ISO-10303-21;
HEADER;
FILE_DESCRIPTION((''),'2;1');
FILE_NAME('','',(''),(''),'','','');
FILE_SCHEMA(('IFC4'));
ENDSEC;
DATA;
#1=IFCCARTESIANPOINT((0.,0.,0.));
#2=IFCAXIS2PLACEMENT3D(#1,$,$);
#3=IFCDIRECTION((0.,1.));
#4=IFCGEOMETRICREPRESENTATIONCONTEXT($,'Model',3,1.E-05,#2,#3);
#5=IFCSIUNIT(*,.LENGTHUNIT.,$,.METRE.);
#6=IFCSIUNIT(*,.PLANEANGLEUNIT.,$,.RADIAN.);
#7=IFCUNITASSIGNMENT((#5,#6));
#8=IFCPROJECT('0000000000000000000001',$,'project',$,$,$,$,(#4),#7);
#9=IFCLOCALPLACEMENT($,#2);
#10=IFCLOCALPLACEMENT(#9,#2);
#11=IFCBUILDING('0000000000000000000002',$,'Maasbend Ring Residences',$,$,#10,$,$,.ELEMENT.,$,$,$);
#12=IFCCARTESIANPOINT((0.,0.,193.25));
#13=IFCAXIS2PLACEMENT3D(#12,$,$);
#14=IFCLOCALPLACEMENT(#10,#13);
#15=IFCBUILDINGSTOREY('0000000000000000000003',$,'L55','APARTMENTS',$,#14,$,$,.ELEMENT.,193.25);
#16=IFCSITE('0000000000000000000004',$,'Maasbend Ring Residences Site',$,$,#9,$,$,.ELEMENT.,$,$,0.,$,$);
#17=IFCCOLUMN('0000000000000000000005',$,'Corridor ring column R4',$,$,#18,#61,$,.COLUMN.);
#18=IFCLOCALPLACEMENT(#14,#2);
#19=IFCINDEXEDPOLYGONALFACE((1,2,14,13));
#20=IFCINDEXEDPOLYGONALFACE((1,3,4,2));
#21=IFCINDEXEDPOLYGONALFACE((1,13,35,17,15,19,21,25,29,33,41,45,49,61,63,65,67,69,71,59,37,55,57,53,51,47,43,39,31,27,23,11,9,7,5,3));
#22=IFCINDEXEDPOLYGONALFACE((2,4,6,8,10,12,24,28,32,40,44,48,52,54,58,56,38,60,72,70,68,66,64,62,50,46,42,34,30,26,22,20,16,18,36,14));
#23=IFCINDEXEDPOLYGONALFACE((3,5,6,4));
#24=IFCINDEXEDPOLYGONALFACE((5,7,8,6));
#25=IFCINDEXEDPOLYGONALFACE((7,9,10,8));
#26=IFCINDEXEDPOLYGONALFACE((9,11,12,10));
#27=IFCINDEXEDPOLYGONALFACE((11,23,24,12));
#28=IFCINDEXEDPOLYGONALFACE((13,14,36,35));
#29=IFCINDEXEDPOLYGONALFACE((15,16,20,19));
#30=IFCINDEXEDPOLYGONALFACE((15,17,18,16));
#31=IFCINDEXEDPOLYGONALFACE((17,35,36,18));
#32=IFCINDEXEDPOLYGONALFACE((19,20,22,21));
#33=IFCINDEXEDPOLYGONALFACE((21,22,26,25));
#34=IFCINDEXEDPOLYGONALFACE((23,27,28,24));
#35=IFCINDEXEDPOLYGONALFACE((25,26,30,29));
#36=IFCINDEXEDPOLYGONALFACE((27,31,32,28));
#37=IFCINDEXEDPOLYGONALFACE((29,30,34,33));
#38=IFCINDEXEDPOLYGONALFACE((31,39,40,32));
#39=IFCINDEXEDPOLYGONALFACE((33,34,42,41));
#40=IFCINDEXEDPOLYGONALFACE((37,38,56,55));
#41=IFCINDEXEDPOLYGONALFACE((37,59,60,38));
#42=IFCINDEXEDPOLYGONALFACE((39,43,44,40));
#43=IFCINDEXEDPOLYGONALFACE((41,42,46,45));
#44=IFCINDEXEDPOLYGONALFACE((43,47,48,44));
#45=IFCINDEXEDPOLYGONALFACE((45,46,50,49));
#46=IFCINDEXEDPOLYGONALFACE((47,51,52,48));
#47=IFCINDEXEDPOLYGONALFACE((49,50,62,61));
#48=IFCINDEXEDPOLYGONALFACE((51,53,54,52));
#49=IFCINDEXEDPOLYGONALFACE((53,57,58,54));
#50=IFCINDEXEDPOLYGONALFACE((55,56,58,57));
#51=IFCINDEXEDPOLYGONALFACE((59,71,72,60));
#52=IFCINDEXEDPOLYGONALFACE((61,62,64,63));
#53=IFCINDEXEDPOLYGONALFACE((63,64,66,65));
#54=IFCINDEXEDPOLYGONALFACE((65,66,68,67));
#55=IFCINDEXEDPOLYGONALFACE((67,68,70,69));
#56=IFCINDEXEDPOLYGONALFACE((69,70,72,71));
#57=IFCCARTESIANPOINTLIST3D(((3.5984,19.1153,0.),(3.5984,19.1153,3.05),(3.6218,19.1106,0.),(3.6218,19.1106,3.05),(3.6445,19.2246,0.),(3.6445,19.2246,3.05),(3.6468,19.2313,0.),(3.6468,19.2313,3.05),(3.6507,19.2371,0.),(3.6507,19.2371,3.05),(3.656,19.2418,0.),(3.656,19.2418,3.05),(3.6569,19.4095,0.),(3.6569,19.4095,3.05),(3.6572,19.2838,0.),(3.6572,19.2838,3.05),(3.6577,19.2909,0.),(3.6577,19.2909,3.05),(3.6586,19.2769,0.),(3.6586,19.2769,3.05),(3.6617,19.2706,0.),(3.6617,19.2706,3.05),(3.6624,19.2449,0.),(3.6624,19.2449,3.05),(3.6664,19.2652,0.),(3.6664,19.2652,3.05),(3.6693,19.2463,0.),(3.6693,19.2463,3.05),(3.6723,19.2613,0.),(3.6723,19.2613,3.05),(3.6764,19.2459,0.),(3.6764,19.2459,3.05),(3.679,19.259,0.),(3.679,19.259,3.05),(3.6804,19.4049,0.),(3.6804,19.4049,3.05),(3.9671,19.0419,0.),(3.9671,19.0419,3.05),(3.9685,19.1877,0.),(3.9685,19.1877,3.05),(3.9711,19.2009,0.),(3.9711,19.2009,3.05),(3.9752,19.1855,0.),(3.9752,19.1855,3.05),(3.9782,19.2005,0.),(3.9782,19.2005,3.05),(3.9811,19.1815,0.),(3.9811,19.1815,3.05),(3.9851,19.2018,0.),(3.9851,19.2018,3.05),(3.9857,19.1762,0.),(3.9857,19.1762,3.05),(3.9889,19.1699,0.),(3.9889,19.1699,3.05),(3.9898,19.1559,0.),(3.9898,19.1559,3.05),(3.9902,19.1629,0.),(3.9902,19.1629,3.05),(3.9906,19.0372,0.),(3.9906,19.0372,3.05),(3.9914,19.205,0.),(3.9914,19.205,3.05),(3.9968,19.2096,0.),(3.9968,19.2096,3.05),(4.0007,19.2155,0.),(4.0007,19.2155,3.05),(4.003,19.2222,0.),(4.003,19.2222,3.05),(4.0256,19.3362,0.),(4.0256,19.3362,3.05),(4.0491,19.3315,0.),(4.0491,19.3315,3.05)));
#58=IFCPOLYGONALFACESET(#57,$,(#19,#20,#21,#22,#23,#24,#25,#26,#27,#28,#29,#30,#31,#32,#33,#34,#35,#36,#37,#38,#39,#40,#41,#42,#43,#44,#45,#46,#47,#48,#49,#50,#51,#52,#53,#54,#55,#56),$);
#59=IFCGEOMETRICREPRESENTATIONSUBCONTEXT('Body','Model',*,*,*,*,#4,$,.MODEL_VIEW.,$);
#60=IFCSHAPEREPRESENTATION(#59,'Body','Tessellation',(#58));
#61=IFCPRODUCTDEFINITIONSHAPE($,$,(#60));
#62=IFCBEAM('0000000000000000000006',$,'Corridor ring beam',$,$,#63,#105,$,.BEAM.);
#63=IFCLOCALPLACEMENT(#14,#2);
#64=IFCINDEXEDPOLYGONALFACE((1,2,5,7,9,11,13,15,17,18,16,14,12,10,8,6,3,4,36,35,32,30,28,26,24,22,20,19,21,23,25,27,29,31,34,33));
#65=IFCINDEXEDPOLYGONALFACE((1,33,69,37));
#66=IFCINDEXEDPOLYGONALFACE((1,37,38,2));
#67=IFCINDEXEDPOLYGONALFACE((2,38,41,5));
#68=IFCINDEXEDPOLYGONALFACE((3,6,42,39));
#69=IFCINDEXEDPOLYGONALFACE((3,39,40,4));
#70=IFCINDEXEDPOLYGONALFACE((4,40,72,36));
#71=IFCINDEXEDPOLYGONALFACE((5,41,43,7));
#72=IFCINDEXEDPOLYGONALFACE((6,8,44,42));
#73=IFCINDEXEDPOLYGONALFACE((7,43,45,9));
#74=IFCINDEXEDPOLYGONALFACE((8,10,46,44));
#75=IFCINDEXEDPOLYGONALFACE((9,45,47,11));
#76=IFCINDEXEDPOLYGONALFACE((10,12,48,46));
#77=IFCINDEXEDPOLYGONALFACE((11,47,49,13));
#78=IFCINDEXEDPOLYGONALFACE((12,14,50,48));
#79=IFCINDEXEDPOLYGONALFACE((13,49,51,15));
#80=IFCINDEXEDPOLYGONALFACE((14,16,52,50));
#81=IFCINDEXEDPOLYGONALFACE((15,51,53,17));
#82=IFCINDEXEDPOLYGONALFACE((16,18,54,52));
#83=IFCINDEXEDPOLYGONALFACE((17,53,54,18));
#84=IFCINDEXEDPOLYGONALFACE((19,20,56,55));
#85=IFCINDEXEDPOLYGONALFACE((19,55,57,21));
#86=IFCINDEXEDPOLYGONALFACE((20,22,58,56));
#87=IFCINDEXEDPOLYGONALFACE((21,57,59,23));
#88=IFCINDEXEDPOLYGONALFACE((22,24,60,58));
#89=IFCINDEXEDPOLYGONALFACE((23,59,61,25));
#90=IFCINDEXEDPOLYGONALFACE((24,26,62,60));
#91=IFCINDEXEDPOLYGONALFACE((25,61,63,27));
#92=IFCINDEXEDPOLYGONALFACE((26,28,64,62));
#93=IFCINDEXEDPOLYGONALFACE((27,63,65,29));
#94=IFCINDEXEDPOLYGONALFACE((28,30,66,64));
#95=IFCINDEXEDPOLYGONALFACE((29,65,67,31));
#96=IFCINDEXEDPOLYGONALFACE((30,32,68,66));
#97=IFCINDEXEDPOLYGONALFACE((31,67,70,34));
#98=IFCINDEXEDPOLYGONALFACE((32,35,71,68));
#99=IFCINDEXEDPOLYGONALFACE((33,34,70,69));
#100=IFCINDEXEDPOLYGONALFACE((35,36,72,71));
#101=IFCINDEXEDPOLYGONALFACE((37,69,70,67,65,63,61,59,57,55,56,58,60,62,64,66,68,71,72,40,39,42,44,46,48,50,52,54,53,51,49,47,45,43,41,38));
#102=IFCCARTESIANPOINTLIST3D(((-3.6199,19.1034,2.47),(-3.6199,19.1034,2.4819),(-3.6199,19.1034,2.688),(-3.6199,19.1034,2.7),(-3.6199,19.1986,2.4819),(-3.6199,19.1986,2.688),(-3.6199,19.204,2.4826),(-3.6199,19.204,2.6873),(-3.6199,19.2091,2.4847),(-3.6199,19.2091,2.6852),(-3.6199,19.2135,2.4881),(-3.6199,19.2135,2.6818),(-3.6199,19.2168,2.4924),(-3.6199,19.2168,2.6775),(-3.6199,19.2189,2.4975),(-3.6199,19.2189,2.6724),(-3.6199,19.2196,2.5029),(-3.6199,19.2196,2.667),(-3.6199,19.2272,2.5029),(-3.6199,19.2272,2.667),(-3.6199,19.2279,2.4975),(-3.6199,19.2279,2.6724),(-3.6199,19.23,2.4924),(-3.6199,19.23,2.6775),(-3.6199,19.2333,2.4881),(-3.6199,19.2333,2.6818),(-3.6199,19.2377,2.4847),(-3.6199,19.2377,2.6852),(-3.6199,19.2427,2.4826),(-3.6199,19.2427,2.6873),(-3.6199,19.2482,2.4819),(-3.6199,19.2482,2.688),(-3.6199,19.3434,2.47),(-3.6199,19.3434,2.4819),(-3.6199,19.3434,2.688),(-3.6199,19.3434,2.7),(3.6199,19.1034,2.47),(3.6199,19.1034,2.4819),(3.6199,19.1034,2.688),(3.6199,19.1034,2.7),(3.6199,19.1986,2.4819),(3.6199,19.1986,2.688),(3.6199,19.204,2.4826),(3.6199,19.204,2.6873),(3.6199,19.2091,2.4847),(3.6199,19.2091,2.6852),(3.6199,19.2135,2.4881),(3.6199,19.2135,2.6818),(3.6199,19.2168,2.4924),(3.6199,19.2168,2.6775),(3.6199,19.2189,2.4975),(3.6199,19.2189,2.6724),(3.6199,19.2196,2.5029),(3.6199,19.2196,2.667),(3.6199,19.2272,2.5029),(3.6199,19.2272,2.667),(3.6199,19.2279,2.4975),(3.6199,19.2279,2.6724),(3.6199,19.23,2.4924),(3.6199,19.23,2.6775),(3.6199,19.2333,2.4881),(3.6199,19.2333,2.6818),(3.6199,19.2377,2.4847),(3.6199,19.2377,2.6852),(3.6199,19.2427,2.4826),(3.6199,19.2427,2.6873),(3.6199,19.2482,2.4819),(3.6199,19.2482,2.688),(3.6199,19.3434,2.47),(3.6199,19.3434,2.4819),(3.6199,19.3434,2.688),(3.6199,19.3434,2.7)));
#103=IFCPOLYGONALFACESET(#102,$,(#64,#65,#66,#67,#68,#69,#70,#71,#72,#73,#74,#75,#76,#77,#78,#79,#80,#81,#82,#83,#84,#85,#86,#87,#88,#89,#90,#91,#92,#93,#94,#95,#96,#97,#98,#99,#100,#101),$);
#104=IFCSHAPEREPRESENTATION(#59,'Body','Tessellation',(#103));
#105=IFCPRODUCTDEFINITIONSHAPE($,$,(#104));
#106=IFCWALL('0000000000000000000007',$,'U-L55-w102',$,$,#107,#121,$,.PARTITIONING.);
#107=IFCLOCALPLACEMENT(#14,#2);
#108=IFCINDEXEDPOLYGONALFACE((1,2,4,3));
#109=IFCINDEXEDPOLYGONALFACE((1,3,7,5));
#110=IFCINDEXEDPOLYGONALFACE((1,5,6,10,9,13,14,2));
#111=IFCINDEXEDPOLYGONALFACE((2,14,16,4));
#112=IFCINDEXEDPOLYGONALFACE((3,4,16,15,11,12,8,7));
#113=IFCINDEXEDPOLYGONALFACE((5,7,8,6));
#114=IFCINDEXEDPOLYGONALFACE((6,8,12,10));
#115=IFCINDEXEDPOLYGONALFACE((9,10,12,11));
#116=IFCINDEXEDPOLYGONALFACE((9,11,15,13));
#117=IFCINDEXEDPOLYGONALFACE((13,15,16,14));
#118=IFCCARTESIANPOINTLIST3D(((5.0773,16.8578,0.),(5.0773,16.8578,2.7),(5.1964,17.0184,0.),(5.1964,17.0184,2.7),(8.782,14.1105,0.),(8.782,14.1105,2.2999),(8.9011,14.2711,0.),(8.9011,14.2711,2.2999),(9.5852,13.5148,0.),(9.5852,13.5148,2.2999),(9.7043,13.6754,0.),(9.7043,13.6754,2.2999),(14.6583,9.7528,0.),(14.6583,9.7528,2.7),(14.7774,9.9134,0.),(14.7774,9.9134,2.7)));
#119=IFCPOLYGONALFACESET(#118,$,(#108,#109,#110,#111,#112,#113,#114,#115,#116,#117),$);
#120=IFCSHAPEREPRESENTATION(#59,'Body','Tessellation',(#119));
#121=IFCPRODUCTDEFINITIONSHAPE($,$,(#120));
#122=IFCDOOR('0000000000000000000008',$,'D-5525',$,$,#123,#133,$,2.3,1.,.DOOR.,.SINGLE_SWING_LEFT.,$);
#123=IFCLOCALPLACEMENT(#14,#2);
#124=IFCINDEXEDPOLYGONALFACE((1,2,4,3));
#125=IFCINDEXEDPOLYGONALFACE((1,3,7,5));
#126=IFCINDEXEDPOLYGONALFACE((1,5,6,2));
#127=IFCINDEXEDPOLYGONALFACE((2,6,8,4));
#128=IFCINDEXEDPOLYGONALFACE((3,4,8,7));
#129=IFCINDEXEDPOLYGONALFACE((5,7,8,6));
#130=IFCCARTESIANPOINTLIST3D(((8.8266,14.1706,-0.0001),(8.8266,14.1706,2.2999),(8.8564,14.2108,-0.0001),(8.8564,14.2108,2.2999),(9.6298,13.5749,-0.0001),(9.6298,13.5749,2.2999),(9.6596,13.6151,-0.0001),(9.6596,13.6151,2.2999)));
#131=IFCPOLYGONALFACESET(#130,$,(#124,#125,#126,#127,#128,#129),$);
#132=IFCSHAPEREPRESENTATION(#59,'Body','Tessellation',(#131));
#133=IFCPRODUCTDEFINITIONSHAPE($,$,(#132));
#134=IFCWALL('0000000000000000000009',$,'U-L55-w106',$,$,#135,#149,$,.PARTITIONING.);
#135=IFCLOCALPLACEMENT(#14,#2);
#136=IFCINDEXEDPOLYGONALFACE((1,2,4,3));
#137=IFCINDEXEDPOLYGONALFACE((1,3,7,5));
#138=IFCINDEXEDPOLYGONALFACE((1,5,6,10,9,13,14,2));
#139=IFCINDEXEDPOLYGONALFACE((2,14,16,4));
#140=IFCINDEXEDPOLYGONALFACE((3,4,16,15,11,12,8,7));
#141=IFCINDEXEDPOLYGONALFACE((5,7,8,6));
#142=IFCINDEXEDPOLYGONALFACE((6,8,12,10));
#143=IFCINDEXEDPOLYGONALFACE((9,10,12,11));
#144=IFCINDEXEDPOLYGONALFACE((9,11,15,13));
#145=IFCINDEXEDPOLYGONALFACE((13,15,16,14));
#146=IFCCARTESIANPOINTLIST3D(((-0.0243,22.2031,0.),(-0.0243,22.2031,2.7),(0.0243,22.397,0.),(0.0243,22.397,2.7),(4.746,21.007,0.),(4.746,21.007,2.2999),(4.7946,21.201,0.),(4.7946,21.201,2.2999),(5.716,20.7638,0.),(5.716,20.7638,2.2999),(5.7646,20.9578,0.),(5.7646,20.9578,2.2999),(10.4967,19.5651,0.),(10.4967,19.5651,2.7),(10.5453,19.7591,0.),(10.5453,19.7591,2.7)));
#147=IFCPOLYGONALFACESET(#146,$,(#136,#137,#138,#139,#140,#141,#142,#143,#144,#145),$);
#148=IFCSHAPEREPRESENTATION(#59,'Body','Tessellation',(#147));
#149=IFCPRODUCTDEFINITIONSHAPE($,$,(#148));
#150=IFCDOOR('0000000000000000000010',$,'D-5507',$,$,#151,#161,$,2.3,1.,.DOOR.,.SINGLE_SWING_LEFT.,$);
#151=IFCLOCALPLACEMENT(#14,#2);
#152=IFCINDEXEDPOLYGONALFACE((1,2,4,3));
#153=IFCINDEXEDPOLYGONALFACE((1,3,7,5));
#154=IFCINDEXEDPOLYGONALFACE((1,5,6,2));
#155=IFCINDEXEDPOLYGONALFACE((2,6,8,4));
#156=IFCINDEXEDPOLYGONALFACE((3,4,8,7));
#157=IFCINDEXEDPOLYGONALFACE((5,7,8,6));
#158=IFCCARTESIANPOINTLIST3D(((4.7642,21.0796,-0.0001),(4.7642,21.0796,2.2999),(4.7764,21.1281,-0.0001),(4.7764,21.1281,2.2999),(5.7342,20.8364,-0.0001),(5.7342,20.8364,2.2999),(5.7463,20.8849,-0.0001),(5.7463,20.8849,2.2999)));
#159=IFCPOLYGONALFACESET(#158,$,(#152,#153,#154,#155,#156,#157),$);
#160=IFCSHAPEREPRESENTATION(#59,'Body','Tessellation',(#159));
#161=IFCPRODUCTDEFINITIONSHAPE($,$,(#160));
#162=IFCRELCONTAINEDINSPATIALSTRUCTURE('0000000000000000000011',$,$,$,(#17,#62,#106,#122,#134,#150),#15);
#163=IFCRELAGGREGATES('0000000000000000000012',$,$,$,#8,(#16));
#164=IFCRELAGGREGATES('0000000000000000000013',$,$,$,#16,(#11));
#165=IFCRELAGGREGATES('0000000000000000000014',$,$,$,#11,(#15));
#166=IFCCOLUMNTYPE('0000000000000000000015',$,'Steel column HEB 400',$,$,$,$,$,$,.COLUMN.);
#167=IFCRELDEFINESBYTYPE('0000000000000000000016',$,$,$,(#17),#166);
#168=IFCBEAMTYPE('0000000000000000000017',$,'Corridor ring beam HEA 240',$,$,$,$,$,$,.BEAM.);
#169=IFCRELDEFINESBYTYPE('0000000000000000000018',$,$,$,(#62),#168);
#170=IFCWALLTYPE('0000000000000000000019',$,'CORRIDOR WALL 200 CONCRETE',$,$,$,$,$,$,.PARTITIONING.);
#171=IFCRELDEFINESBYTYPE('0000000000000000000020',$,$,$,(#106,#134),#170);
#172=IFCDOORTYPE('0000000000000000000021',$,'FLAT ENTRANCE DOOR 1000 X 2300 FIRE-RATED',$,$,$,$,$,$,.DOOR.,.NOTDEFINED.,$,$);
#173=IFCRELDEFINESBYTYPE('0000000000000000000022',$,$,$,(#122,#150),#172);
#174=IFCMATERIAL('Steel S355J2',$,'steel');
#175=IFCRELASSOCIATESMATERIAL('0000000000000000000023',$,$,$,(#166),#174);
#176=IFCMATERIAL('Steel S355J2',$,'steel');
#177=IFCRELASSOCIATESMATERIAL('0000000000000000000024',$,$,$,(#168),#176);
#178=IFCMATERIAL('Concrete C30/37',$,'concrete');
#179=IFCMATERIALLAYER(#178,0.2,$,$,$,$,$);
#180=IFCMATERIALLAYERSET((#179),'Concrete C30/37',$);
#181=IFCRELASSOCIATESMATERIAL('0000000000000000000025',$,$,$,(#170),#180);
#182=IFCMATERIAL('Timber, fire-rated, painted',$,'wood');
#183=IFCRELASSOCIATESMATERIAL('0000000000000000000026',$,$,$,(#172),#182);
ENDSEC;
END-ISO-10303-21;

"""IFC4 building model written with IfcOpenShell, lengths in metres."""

from ifc_helpers import new_model, si_unit, direction, frame, frame_2d, origin, origin_2d, place, context, subcontext, project, spatial, rectangle, i_section, extrude, material, layer, layer_set, material_profile, profile_set, type_object, element, fill, save


model = new_model("IFC4")

# Units and contexts
model_context = context("Model", 3, precision=1e-05, world=origin(), true_north=direction((0.0, 1.0)))
body_context = subcontext(model_context, "Body", "Model", "MODEL_VIEW")
ifc_project = project(units=[si_unit("LENGTHUNIT", "METRE"), si_unit("PLANEANGLEUNIT", "RADIAN")], contexts=[model_context])

# Site, building, storey
site_placement = place(None, origin())
site = spatial("IfcSite", under=ifc_project, at=site_placement, Name="Maasbend Ring Residences Site", CompositionType="ELEMENT", RefElevation=0.0)
building_placement = place(site_placement, origin())
building = spatial("IfcBuilding", under=site, at=building_placement, Name="Maasbend Ring Residences", CompositionType="ELEMENT")
storey_placement = place(building_placement, frame((0.0, 0.0, 193.25)))
storey = spatial("IfcBuildingStorey", under=building, at=storey_placement, Name="L55", Description="APARTMENTS", CompositionType="ELEMENT", Elevation=193.25)

# Column
ifc_material_1 = material(Name="Steel S355J2", Category="steel")
ifc_material_profile_1 = material_profile(ifc_material_1, i_section(OverallWidth=0.3, OverallDepth=0.3999, WebThickness=0.0134, FlangeThickness=0.0239, FilletRadius=0.0271, at=origin_2d()), Name="HEB 400")
ifc_profile_set_1 = profile_set([ifc_material_profile_1], Name="Steel S355J2")
column_type = type_object("IfcColumnType", Name="Steel column HEB 400", PredefinedType="COLUMN", material=ifc_profile_set_1)
column_placement = place(storey_placement, frame((3.8237, 19.2234, 0.0), z_axis=(0.0, 0.0, 1.0), x_axis=(0.19509, 0.980785, 0.0)))
element("IfcColumn", 1, at=column_placement, inside=storey, type_object=column_type, Name="Corridor ring column R4", PredefinedType="COLUMN", context=body_context, shape_type="SweptSolid", body=[
    extrude(i_section(OverallWidth=0.3, OverallDepth=0.3999, WebThickness=0.0134, FlangeThickness=0.0239, FilletRadius=0.0271, at=origin_2d()), origin(), (0.0, 0.0, 1.0), 3.05),
])

# Beam
ifc_material_2 = material(Name="Steel S355J2", Category="steel")
ifc_material_profile_2 = material_profile(ifc_material_2, i_section(OverallWidth=0.24, OverallDepth=0.23, WebThickness=0.0076, FlangeThickness=0.012, FilletRadius=0.021, at=origin_2d()), Name="HEA 240")
ifc_profile_set_2 = profile_set([ifc_material_profile_2], Name="Steel S355J2")
beam_type = type_object("IfcBeamType", Name="Corridor ring beam HEA 240", PredefinedType="BEAM", material=ifc_profile_set_2)
beam_placement = place(storey_placement, frame((3.6199, 19.2234, 2.585), z_axis=(-1.0, 0.0, 0.0), x_axis=(0.0, -1.0, 0.0)))
element("IfcBeam", 2, at=beam_placement, inside=storey, type_object=beam_type, Name="Corridor ring beam", PredefinedType="BEAM", context=body_context, shape_type="SweptSolid", body=[
    extrude(i_section(OverallWidth=0.24, OverallDepth=0.23, WebThickness=0.0076, FlangeThickness=0.012, FilletRadius=0.021, at=origin_2d()), origin(), (0.0, 0.0, 1.0), 7.2397),
])

# Walls, openings, doors
ifc_material_3 = material(Name="Concrete C30/37", Category="concrete")
ifc_layer_1 = layer(ifc_material_3, 0.2)
ifc_layer_set_1 = layer_set([ifc_layer_1], Name="Concrete C30/37")
wall_type_1 = type_object("IfcWallType", Name="CORRIDOR WALL 200 CONCRETE", PredefinedType="PARTITIONING", material=ifc_layer_set_1)
wall_1_placement = place(storey_placement, frame((5.137, 16.938, 0.0), z_axis=(0.0, 0.0, 1.0), x_axis=(0.80324, -0.595655, 0.0)))
wall_1 = element("IfcWall", 3, at=wall_1_placement, inside=storey, type_object=wall_type_1, Name="U-L55-w102", PredefinedType="PARTITIONING", context=body_context, shape_type="SweptSolid", body=[
    extrude(rectangle(XDim=11.928, YDim=0.2, at=frame_2d((5.9639, 0.0))), origin(), (0.0, 0.0, 1.0), 2.7),
])
opening_1_placement = place(wall_1_placement, frame((4.6121, 0.0, 0.0)))
opening_1 = element("IfcOpeningElement", 4, at=opening_1_placement, cuts=wall_1, PredefinedType="OPENING", context=body_context, shape_type="SweptSolid", body=[
    extrude(rectangle(XDim=1.0, YDim=2.3, at=frame_2d((0.5, 1.1499))), frame((0.0, 0.1099, 0.0), z_axis=(0.0, -1.0, 0.0), x_axis=(1.0, 0.0, 0.0)), (0.0, 0.0, 1.0), 0.22),
])
ifc_material_4 = material(Name="Timber, fire-rated, painted", Category="wood")
door_type_1 = type_object("IfcDoorType", Name="FLAT ENTRANCE DOOR 1000 X 2300 FIRE-RATED", OperationType="NOTDEFINED", PredefinedType="DOOR", material=ifc_material_4)
door_1_placement = place(opening_1_placement, origin())
door_1 = element("IfcDoor", 5, at=door_1_placement, inside=storey, type_object=door_type_1, Name="D-5525", OperationType="SINGLE_SWING_LEFT", OverallHeight=2.3, OverallWidth=1.0, PredefinedType="DOOR", context=body_context, shape_type="SweptSolid", body=[
    extrude(rectangle(XDim=1.0, YDim=2.3, at=frame_2d((0.5, 1.1499))), frame((0.0, 0.0249, 0.0), z_axis=(0.0, -1.0, 0.0), x_axis=(1.0, 0.0, 0.0)), (0.0, 0.0, 1.0), 0.05),
])
fill(opening_1, door_1)
wall_2_placement = place(storey_placement, frame((0.0, 22.3, 0.0), z_axis=(0.0, 0.0, 1.0), x_axis=(0.969975, -0.243203, 0.0)))
wall_2 = element("IfcWall", 6, at=wall_2_placement, inside=storey, type_object=wall_type_1, Name="U-L55-w106", PredefinedType="PARTITIONING", context=body_context, shape_type="SweptSolid", body=[
    extrude(rectangle(XDim=10.8467, YDim=0.2, at=frame_2d((5.4233, 0.0))), origin(), (0.0, 0.0, 1.0), 2.7),
])
opening_2_placement = place(wall_2_placement, frame((4.918, 0.0, 0.0)))
opening_2 = element("IfcOpeningElement", 7, at=opening_2_placement, cuts=wall_2, PredefinedType="OPENING", context=body_context, shape_type="SweptSolid", body=[
    extrude(rectangle(XDim=1.0, YDim=2.3, at=frame_2d((0.5, 1.1499))), frame((0.0, 0.1099, 0.0), z_axis=(0.0, -1.0, 0.0), x_axis=(1.0, 0.0, 0.0)), (0.0, 0.0, 1.0), 0.22),
])
door_2_placement = place(opening_2_placement, origin())
door_2 = element("IfcDoor", 8, at=door_2_placement, inside=storey, type_object=door_type_1, Name="D-5507", OperationType="SINGLE_SWING_LEFT", OverallHeight=2.3, OverallWidth=1.0, PredefinedType="DOOR", context=body_context, shape_type="SweptSolid", body=[
    extrude(rectangle(XDim=1.0, YDim=2.3, at=frame_2d((0.5, 1.1499))), frame((0.0, 0.0249, 0.0), z_axis=(0.0, -1.0, 0.0), x_axis=(1.0, 0.0, 0.0)), (0.0, 0.0, 1.0), 0.05),
])
fill(opening_2, door_2)

save(model, "model.ifc")
